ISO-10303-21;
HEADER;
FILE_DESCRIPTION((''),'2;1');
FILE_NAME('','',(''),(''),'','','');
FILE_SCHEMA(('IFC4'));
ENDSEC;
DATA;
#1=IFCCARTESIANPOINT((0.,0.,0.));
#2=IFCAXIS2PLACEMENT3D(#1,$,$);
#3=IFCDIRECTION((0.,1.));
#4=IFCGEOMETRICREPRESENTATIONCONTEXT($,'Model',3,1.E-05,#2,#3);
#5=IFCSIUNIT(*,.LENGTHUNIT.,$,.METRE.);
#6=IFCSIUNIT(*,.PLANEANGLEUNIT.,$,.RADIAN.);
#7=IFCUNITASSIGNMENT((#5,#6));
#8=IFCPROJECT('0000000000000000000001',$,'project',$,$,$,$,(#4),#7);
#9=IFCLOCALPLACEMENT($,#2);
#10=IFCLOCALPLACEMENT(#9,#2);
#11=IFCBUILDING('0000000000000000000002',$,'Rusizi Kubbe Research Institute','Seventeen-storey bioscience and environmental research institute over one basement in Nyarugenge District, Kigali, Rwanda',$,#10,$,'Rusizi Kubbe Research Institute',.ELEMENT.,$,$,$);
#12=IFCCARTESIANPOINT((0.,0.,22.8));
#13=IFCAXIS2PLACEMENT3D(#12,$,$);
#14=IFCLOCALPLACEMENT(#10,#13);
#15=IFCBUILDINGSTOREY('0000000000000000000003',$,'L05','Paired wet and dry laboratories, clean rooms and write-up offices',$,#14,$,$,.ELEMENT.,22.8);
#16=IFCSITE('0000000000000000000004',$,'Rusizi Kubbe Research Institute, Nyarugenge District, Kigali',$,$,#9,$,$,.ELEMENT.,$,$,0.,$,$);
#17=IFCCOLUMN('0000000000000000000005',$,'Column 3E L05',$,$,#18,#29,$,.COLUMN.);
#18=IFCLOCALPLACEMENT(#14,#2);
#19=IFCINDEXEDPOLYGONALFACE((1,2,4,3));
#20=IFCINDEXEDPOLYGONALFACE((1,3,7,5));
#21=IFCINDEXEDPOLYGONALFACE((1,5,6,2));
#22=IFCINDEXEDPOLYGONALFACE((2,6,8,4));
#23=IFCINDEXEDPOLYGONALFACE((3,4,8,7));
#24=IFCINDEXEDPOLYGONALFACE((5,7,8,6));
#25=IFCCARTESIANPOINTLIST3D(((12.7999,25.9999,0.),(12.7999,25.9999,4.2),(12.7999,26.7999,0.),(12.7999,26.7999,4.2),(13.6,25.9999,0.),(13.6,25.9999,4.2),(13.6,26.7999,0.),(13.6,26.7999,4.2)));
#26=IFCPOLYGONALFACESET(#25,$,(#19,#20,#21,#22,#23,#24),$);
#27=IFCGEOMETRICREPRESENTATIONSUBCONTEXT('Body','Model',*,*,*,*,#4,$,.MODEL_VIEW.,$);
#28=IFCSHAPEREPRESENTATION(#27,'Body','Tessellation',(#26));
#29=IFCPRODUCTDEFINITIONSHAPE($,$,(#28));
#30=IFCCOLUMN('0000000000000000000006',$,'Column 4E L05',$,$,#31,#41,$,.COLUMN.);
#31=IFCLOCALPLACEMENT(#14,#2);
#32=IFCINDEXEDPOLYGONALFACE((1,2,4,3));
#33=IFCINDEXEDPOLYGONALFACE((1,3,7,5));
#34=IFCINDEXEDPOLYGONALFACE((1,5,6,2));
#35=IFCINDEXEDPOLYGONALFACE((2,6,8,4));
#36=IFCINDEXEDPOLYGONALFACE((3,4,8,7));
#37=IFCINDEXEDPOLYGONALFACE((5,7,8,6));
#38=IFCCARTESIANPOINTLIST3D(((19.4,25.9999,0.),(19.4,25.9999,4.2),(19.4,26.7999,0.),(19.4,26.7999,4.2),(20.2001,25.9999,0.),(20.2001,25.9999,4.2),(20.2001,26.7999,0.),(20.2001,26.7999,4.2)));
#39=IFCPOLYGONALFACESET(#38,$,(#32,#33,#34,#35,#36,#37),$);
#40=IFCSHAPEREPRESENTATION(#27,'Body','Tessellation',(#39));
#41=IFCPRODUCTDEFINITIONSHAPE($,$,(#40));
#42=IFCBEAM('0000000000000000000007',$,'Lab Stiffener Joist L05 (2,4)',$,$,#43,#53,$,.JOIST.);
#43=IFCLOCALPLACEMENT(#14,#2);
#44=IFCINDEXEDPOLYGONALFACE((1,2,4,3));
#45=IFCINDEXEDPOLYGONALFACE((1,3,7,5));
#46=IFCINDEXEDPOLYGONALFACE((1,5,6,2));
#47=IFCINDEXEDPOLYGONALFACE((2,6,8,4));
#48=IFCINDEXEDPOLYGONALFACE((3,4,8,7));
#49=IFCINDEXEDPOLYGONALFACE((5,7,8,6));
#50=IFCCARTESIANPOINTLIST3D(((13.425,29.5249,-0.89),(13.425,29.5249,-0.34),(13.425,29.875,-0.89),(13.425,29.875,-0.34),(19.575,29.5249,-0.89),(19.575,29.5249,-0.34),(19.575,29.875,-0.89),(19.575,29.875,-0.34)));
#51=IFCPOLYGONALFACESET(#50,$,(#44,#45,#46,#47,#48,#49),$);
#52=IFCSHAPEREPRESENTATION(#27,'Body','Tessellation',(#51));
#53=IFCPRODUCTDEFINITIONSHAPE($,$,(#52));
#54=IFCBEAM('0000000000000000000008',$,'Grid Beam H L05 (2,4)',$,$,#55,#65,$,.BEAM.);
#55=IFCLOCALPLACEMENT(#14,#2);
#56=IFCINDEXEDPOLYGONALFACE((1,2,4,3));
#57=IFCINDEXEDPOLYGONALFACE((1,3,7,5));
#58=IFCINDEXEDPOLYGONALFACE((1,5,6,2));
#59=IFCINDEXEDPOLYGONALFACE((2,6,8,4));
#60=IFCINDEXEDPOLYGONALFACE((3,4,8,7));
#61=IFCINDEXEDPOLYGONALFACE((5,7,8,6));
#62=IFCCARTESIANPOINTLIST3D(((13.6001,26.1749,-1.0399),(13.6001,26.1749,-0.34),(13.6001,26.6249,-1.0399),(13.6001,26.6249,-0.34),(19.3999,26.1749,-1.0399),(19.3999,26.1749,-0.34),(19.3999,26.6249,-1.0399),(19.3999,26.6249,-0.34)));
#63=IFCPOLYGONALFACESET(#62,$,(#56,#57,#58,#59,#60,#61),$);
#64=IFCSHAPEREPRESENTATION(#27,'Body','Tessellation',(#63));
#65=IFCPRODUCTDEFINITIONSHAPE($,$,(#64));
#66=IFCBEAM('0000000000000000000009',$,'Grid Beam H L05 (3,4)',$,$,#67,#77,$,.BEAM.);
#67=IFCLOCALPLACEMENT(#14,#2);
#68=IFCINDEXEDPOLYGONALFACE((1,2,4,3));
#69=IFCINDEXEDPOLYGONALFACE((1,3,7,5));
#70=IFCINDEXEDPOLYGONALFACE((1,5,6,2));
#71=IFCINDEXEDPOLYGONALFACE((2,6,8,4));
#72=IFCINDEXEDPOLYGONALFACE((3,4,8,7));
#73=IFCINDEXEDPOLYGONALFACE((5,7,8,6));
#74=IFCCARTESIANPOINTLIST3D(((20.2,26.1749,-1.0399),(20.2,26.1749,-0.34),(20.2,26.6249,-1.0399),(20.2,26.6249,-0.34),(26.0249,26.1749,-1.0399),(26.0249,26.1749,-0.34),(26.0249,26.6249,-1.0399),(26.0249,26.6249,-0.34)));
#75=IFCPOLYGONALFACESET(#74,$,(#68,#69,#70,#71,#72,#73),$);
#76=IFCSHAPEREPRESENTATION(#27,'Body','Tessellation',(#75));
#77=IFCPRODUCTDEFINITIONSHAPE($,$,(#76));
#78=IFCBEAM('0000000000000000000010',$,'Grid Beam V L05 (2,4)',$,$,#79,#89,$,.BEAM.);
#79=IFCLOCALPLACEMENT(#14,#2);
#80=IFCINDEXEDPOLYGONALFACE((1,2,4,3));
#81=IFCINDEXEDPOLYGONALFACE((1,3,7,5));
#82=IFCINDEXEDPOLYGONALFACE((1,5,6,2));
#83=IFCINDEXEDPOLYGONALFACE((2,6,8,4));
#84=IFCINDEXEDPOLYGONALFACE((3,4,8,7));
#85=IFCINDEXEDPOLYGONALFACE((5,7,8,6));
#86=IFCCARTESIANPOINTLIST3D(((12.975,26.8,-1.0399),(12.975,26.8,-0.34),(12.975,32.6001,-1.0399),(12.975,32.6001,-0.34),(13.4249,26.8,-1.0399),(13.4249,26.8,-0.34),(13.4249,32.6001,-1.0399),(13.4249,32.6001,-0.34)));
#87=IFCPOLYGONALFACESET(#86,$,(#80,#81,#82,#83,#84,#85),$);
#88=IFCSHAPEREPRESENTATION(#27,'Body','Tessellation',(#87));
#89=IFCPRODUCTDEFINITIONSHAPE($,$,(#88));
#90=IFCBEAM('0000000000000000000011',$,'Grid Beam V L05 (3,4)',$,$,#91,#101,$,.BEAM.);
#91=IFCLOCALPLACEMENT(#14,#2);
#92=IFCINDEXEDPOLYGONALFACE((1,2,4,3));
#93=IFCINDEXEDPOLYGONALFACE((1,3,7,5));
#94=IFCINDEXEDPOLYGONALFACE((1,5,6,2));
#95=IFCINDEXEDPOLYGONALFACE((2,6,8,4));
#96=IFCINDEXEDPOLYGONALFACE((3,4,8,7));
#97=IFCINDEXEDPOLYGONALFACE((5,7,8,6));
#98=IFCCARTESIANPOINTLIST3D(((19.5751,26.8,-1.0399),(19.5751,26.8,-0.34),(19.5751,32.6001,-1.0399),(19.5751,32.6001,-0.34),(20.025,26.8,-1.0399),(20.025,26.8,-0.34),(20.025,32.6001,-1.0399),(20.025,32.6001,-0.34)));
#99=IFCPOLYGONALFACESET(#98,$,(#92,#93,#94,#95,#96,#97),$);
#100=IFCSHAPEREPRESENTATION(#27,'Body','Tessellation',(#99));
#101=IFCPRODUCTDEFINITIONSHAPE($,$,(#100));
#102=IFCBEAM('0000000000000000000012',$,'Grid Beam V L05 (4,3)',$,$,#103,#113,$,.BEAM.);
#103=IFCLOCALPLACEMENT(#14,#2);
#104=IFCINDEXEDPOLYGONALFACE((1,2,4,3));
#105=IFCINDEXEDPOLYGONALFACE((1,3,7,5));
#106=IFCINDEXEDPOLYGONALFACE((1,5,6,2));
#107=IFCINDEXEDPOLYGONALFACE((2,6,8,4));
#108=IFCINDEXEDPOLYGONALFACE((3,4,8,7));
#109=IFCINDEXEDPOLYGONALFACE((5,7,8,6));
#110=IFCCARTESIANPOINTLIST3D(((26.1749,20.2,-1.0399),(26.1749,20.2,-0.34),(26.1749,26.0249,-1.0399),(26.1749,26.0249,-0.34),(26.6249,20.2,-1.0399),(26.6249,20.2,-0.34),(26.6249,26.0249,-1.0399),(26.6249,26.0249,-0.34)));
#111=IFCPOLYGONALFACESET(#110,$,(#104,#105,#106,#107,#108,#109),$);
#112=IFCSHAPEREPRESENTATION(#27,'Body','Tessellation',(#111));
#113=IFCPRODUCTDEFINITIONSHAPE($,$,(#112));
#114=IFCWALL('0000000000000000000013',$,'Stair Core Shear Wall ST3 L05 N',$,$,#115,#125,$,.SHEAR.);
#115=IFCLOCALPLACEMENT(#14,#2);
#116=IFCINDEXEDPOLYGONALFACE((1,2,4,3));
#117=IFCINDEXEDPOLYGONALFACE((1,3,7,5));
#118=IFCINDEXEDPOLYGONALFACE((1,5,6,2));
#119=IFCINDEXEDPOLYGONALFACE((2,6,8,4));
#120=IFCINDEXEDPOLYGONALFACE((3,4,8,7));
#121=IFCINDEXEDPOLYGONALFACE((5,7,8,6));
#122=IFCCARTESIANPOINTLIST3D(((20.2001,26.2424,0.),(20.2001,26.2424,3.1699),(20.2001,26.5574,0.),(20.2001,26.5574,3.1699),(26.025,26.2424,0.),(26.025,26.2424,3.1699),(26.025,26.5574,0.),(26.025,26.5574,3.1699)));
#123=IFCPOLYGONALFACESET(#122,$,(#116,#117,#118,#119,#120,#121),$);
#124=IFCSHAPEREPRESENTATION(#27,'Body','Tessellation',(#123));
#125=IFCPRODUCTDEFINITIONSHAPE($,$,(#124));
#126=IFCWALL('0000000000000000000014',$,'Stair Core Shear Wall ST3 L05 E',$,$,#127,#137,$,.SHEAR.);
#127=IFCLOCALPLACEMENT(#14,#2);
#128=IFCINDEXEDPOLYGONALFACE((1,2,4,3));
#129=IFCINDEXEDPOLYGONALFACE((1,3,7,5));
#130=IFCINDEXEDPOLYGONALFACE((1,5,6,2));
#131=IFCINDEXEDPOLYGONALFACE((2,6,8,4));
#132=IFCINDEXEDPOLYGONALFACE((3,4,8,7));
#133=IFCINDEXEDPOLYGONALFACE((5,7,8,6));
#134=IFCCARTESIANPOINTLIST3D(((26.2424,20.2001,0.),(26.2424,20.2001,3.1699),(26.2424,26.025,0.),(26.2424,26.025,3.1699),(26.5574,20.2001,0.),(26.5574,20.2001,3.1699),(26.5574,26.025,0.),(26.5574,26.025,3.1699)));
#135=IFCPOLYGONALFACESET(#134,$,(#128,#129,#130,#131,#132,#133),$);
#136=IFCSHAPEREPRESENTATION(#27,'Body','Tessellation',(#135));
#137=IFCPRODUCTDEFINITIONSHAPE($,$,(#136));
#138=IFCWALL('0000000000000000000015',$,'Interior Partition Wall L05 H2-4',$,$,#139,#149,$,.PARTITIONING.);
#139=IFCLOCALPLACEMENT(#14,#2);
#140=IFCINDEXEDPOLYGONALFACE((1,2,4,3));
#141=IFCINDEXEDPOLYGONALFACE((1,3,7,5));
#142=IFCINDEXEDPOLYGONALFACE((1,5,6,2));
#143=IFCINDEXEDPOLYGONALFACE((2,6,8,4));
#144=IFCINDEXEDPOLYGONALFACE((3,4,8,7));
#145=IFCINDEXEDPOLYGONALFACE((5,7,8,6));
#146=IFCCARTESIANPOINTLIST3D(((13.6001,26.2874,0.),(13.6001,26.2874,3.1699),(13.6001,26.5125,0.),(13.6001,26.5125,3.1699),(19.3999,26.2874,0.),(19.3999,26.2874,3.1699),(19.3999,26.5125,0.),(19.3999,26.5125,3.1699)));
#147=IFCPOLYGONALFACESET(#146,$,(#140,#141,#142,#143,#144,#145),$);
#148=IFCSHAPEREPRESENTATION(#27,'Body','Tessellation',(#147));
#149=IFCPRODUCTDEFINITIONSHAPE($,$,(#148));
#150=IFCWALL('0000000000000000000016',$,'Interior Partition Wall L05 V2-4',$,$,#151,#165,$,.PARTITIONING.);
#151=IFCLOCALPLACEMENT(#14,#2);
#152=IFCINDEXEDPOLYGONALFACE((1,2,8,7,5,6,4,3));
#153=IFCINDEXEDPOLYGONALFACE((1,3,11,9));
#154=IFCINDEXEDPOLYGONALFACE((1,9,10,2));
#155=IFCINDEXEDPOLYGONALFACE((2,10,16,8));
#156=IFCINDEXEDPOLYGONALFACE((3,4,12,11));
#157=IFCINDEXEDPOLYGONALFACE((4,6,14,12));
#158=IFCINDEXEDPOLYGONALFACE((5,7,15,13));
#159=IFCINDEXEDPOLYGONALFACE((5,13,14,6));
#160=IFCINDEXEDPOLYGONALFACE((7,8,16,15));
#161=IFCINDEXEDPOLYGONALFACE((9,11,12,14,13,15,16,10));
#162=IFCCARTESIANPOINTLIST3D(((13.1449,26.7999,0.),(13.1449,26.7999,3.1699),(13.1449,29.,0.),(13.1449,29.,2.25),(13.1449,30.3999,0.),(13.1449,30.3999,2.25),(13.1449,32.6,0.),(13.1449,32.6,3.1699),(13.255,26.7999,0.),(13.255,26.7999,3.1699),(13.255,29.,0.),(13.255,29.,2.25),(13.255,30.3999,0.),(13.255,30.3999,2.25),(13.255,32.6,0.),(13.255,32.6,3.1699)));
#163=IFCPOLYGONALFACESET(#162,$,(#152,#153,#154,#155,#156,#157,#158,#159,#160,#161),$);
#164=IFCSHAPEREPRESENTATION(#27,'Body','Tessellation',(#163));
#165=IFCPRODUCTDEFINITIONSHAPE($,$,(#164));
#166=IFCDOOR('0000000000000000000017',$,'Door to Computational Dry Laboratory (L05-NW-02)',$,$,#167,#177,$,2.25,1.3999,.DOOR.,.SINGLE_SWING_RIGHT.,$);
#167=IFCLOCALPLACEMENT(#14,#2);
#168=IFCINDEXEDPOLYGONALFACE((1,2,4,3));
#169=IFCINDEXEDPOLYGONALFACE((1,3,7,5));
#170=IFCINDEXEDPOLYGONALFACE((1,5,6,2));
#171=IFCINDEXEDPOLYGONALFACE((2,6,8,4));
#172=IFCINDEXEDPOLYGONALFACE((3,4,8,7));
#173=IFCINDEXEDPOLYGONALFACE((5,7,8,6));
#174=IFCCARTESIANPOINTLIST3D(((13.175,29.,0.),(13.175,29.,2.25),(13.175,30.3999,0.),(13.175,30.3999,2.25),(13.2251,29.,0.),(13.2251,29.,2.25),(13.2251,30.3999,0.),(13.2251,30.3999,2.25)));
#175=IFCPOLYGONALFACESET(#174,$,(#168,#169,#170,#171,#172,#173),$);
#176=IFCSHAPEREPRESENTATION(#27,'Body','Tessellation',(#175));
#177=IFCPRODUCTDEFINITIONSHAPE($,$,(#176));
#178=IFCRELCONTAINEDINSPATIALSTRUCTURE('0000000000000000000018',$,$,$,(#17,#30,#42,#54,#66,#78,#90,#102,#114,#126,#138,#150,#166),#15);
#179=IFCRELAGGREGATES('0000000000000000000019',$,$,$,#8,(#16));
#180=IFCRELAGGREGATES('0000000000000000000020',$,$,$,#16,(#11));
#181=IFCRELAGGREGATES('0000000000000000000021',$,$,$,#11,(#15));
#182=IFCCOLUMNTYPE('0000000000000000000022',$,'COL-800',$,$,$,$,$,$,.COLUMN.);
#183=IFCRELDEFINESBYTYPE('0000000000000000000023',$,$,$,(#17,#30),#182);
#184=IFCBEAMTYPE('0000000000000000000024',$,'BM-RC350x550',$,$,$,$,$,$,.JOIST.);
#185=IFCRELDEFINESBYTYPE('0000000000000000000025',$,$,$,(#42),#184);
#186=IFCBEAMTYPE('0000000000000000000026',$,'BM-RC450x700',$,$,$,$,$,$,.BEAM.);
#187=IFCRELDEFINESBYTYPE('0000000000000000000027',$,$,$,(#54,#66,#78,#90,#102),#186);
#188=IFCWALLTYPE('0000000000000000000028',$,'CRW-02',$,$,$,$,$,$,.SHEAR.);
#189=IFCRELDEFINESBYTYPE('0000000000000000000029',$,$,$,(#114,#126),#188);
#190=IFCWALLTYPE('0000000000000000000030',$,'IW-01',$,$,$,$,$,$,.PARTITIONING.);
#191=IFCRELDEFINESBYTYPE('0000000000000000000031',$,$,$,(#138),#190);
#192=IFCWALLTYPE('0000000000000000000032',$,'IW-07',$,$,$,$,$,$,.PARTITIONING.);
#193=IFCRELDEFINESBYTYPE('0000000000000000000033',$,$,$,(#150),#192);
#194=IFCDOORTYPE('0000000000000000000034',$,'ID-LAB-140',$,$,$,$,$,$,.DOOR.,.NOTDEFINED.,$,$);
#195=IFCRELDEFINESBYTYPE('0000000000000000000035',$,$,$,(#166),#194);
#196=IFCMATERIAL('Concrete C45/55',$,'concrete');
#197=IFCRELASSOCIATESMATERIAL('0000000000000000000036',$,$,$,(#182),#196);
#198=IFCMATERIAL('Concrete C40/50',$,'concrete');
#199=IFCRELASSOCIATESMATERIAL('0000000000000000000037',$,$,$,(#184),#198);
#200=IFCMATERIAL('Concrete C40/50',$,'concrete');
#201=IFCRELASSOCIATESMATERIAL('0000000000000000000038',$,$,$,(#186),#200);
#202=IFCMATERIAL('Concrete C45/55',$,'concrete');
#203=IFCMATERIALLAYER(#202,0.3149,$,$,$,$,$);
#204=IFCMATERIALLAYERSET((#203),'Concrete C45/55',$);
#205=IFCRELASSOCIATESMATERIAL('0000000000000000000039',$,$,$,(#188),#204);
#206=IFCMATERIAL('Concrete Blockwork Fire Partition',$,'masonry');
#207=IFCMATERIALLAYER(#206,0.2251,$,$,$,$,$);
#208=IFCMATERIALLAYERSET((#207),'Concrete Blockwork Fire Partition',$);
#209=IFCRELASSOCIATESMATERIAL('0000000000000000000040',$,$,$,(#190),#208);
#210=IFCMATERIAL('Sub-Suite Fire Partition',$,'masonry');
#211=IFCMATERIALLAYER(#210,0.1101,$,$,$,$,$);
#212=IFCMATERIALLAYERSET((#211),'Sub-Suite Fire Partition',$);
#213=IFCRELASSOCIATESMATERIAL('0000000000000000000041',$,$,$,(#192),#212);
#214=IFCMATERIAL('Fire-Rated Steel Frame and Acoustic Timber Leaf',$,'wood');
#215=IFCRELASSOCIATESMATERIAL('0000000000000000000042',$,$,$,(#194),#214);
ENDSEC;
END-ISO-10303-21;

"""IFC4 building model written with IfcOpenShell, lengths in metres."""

from ifc_helpers import new_model, si_unit, direction, frame, frame_2d, origin, origin_2d, place, context, subcontext, project, spatial, rectangle, extrude, material, layer, layer_set, material_profile, profile_set, type_object, element, fill, save


model = new_model("IFC4")

# Units and contexts
model_context = context("Model", 3, precision=1e-05, world=origin(), true_north=direction((0.0, 1.0)))
body_context = subcontext(model_context, "Body", "Model", "MODEL_VIEW")
ifc_project = project(units=[si_unit("LENGTHUNIT", "METRE"), si_unit("PLANEANGLEUNIT", "RADIAN")], contexts=[model_context])

# Site, building, storey
site_placement = place(None, origin())
site = spatial("IfcSite", under=ifc_project, at=site_placement, Name="Rusizi Kubbe Research Institute, Nyarugenge District, Kigali", CompositionType="ELEMENT", RefElevation=0.0)
building_placement = place(site_placement, origin())
building = spatial("IfcBuilding", under=site, at=building_placement, Name="Rusizi Kubbe Research Institute", Description="Seventeen-storey bioscience and environmental research institute over one basement in Nyarugenge District, Kigali, Rwanda", LongName="Rusizi Kubbe Research Institute", CompositionType="ELEMENT")
storey_placement = place(building_placement, frame((0.0, 0.0, 22.8)))
storey = spatial("IfcBuildingStorey", under=building, at=storey_placement, Name="L05", Description="Paired wet and dry laboratories, clean rooms and write-up offices", CompositionType="ELEMENT", Elevation=22.8)

# Columns
ifc_material_1 = material(Name="Concrete C45/55", Category="concrete")
ifc_material_profile_1 = material_profile(ifc_material_1, rectangle(XDim=0.8, YDim=0.8, at=origin_2d()), Name="RC800x800")
ifc_profile_set_1 = profile_set([ifc_material_profile_1], Name="Concrete C45/55")
column_type = type_object("IfcColumnType", Name="COL-800", PredefinedType="COLUMN", material=ifc_profile_set_1)
for number, where, z_axis, x_axis, name in (
    (1, (13.2, 26.3999, 0.0), (0.0, 0.0, 1.0), (1.0, 0.0, 0.0), "Column 3E L05"),
    (2, (19.8, 26.3999, 0.0), (0.0, 0.0, 1.0), (1.0, 0.0, 0.0), "Column 4E L05"),
):
    element("IfcColumn", number, at=place(storey_placement, frame(where, z_axis=z_axis, x_axis=x_axis)), inside=storey, type_object=column_type, Name=name, PredefinedType="COLUMN", context=body_context, shape_type="SweptSolid", body=[
        extrude(rectangle(XDim=0.8, YDim=0.8, at=origin_2d()), origin(), (0.0, 0.0, 1.0), 4.2),
    ])

# Beams
ifc_material_2 = material(Name="Concrete C40/50", Category="concrete")
ifc_material_profile_2 = material_profile(ifc_material_2, rectangle(XDim=0.3501, YDim=0.55, at=origin_2d()), Name="RC350x550")
ifc_profile_set_2 = profile_set([ifc_material_profile_2], Name="Concrete C40/50")
beam_type_1 = type_object("IfcBeamType", Name="BM-RC350x550", PredefinedType="JOIST", material=ifc_profile_set_2)
beam_1_placement = place(storey_placement, frame((13.425, 29.7, -0.615), z_axis=(1.0, 0.0, 0.0), x_axis=(0.0, 1.0, 0.0)))
element("IfcBeam", 3, at=beam_1_placement, inside=storey, type_object=beam_type_1, Name="Lab Stiffener Joist L05 (2,4)", PredefinedType="JOIST", context=body_context, shape_type="SweptSolid", body=[
    extrude(rectangle(XDim=0.3501, YDim=0.55, at=origin_2d()), origin(), (0.0, 0.0, 1.0), 6.1499),
])
ifc_material_3 = material(Name="Concrete C40/50", Category="concrete")
ifc_material_profile_3 = material_profile(ifc_material_3, rectangle(XDim=0.45, YDim=0.7, at=origin_2d()), Name="RC450x700B")
ifc_profile_set_3 = profile_set([ifc_material_profile_3], Name="Concrete C40/50")
beam_type_2 = type_object("IfcBeamType", Name="BM-RC450x700", PredefinedType="BEAM", material=ifc_profile_set_3)
beam_2_placement = place(storey_placement, frame((13.6001, 26.3999, -0.6899), z_axis=(1.0, 0.0, 0.0), x_axis=(0.0, 1.0, 0.0)))
element("IfcBeam", 4, at=beam_2_placement, inside=storey, type_object=beam_type_2, Name="Grid Beam H L05 (2,4)", PredefinedType="BEAM", context=body_context, shape_type="SweptSolid", body=[
    extrude(rectangle(XDim=0.45, YDim=0.7, at=origin_2d()), origin(), (0.0, 0.0, 1.0), 5.7998),
])
beam_3_placement = place(storey_placement, frame((20.2, 26.3999, -0.6899), z_axis=(1.0, 0.0, 0.0), x_axis=(0.0, 1.0, 0.0)))
element("IfcBeam", 5, at=beam_3_placement, inside=storey, type_object=beam_type_2, Name="Grid Beam H L05 (3,4)", PredefinedType="BEAM", context=body_context, shape_type="SweptSolid", body=[
    extrude(rectangle(XDim=0.45, YDim=0.7, at=origin_2d()), origin(), (0.0, 0.0, 1.0), 5.825),
])
for number, where, z_axis, x_axis, name in (
    (6, (13.2, 26.8, -0.6899), (0.0, 1.0, 0.0), (-1.0, 0.0, 0.0), "Grid Beam V L05 (2,4)"),
    (7, (19.8, 26.8, -0.6899), (0.0, 1.0, 0.0), (-1.0, 0.0, 0.0), "Grid Beam V L05 (3,4)"),
):
    element("IfcBeam", number, at=place(storey_placement, frame(where, z_axis=z_axis, x_axis=x_axis)), inside=storey, type_object=beam_type_2, Name=name, PredefinedType="BEAM", context=body_context, shape_type="SweptSolid", body=[
        extrude(rectangle(XDim=0.45, YDim=0.7, at=origin_2d()), origin(), (0.0, 0.0, 1.0), 5.8),
    ])
beam_4_placement = place(storey_placement, frame((26.3999, 20.2, -0.6899), z_axis=(0.0, 1.0, 0.0), x_axis=(-1.0, 0.0, 0.0)))
element("IfcBeam", 8, at=beam_4_placement, inside=storey, type_object=beam_type_2, Name="Grid Beam V L05 (4,3)", PredefinedType="BEAM", context=body_context, shape_type="SweptSolid", body=[
    extrude(rectangle(XDim=0.45, YDim=0.7, at=origin_2d()), origin(), (0.0, 0.0, 1.0), 5.825),
])

# Walls
ifc_material_4 = material(Name="Concrete C45/55", Category="concrete")
ifc_layer_1 = layer(ifc_material_4, 0.3149)
ifc_layer_set_1 = layer_set([ifc_layer_1], Name="Concrete C45/55")
wall_type_1 = type_object("IfcWallType", Name="CRW-02", PredefinedType="SHEAR", material=ifc_layer_set_1)
for number, where, z_axis, x_axis, name in (
    (9, (20.2, 26.3999, 0.0), (0.0, 0.0, 1.0), (1.0, 0.0, 0.0), "Stair Core Shear Wall ST3 L05 N"),
    (10, (26.3999, 20.2, 0.0), (0.0, 0.0, 1.0), (0.0, 1.0, 0.0), "Stair Core Shear Wall ST3 L05 E"),
):
    element("IfcWall", number, at=place(storey_placement, frame(where, z_axis=z_axis, x_axis=x_axis)), inside=storey, type_object=wall_type_1, Name=name, PredefinedType="SHEAR", context=body_context, shape_type="SweptSolid", body=[
        extrude(rectangle(XDim=5.825, YDim=0.3149, at=frame_2d((2.9126, 0.0))), origin(), (0.0, 0.0, 1.0), 3.1699),
    ])
ifc_material_5 = material(Name="Concrete Blockwork Fire Partition", Category="masonry")
ifc_layer_2 = layer(ifc_material_5, 0.2251)
ifc_layer_set_2 = layer_set([ifc_layer_2], Name="Concrete Blockwork Fire Partition")
wall_type_2 = type_object("IfcWallType", Name="IW-01", PredefinedType="PARTITIONING", material=ifc_layer_set_2)
wall_1_placement = place(storey_placement, frame((13.6001, 26.3999, 0.0), z_axis=(0.0, 0.0, 1.0), x_axis=(1.0, 0.0, 0.0)))
element("IfcWall", 11, at=wall_1_placement, inside=storey, type_object=wall_type_2, Name="Interior Partition Wall L05 H2-4", PredefinedType="PARTITIONING", context=body_context, shape_type="SweptSolid", body=[
    extrude(rectangle(XDim=5.7998, YDim=0.2251, at=frame_2d((2.8999, 0.0))), origin(), (0.0, 0.0, 1.0), 3.1699),
])

# Wall, opening, door
ifc_material_6 = material(Name="Sub-Suite Fire Partition", Category="masonry")
ifc_layer_3 = layer(ifc_material_6, 0.1101)
ifc_layer_set_3 = layer_set([ifc_layer_3], Name="Sub-Suite Fire Partition")
wall_type_3 = type_object("IfcWallType", Name="IW-07", PredefinedType="PARTITIONING", material=ifc_layer_set_3)
wall_2_placement = place(storey_placement, frame((13.2, 26.8, 0.0), z_axis=(0.0, 0.0, 1.0), x_axis=(0.0, 1.0, 0.0)))
wall_2 = element("IfcWall", 12, at=wall_2_placement, inside=storey, type_object=wall_type_3, Name="Interior Partition Wall L05 V2-4", PredefinedType="PARTITIONING", context=body_context, shape_type="SweptSolid", body=[
    extrude(rectangle(XDim=5.8, YDim=0.1101, at=frame_2d((2.8999, 0.0))), origin(), (0.0, 0.0, 1.0), 3.1699),
])
opening_placement = place(wall_2_placement, frame((2.2, 0.0, 0.0)))
opening = element("IfcOpeningElement", 13, at=opening_placement, cuts=wall_2, PredefinedType="OPENING", context=body_context, shape_type="SweptSolid", body=[
    extrude(rectangle(XDim=1.3999, YDim=2.25, at=frame_2d((0.7, 1.125))), frame((0.0, 0.0649, 0.0), z_axis=(0.0, -1.0, 0.0), x_axis=(1.0, 0.0, 0.0)), (0.0, 0.0, 1.0), 0.1301),
])
ifc_material_7 = material(Name="Fire-Rated Steel Frame and Acoustic Timber Leaf", Category="wood")
door_type = type_object("IfcDoorType", Name="ID-LAB-140", OperationType="NOTDEFINED", PredefinedType="DOOR", material=ifc_material_7)
door_placement = place(opening_placement, origin())
door = element("IfcDoor", 14, at=door_placement, inside=storey, type_object=door_type, Name="Door to Computational Dry Laboratory (L05-NW-02)", OperationType="SINGLE_SWING_RIGHT", OverallHeight=2.25, OverallWidth=1.3999, PredefinedType="DOOR", context=body_context, shape_type="SweptSolid", body=[
    extrude(rectangle(XDim=1.3999, YDim=2.25, at=frame_2d((0.7, 1.125))), frame((0.0, 0.0249, 0.0), z_axis=(0.0, -1.0, 0.0), x_axis=(1.0, 0.0, 0.0)), (0.0, 0.0, 1.0), 0.05),
])
fill(opening, door)

save(model, "model.ifc")
